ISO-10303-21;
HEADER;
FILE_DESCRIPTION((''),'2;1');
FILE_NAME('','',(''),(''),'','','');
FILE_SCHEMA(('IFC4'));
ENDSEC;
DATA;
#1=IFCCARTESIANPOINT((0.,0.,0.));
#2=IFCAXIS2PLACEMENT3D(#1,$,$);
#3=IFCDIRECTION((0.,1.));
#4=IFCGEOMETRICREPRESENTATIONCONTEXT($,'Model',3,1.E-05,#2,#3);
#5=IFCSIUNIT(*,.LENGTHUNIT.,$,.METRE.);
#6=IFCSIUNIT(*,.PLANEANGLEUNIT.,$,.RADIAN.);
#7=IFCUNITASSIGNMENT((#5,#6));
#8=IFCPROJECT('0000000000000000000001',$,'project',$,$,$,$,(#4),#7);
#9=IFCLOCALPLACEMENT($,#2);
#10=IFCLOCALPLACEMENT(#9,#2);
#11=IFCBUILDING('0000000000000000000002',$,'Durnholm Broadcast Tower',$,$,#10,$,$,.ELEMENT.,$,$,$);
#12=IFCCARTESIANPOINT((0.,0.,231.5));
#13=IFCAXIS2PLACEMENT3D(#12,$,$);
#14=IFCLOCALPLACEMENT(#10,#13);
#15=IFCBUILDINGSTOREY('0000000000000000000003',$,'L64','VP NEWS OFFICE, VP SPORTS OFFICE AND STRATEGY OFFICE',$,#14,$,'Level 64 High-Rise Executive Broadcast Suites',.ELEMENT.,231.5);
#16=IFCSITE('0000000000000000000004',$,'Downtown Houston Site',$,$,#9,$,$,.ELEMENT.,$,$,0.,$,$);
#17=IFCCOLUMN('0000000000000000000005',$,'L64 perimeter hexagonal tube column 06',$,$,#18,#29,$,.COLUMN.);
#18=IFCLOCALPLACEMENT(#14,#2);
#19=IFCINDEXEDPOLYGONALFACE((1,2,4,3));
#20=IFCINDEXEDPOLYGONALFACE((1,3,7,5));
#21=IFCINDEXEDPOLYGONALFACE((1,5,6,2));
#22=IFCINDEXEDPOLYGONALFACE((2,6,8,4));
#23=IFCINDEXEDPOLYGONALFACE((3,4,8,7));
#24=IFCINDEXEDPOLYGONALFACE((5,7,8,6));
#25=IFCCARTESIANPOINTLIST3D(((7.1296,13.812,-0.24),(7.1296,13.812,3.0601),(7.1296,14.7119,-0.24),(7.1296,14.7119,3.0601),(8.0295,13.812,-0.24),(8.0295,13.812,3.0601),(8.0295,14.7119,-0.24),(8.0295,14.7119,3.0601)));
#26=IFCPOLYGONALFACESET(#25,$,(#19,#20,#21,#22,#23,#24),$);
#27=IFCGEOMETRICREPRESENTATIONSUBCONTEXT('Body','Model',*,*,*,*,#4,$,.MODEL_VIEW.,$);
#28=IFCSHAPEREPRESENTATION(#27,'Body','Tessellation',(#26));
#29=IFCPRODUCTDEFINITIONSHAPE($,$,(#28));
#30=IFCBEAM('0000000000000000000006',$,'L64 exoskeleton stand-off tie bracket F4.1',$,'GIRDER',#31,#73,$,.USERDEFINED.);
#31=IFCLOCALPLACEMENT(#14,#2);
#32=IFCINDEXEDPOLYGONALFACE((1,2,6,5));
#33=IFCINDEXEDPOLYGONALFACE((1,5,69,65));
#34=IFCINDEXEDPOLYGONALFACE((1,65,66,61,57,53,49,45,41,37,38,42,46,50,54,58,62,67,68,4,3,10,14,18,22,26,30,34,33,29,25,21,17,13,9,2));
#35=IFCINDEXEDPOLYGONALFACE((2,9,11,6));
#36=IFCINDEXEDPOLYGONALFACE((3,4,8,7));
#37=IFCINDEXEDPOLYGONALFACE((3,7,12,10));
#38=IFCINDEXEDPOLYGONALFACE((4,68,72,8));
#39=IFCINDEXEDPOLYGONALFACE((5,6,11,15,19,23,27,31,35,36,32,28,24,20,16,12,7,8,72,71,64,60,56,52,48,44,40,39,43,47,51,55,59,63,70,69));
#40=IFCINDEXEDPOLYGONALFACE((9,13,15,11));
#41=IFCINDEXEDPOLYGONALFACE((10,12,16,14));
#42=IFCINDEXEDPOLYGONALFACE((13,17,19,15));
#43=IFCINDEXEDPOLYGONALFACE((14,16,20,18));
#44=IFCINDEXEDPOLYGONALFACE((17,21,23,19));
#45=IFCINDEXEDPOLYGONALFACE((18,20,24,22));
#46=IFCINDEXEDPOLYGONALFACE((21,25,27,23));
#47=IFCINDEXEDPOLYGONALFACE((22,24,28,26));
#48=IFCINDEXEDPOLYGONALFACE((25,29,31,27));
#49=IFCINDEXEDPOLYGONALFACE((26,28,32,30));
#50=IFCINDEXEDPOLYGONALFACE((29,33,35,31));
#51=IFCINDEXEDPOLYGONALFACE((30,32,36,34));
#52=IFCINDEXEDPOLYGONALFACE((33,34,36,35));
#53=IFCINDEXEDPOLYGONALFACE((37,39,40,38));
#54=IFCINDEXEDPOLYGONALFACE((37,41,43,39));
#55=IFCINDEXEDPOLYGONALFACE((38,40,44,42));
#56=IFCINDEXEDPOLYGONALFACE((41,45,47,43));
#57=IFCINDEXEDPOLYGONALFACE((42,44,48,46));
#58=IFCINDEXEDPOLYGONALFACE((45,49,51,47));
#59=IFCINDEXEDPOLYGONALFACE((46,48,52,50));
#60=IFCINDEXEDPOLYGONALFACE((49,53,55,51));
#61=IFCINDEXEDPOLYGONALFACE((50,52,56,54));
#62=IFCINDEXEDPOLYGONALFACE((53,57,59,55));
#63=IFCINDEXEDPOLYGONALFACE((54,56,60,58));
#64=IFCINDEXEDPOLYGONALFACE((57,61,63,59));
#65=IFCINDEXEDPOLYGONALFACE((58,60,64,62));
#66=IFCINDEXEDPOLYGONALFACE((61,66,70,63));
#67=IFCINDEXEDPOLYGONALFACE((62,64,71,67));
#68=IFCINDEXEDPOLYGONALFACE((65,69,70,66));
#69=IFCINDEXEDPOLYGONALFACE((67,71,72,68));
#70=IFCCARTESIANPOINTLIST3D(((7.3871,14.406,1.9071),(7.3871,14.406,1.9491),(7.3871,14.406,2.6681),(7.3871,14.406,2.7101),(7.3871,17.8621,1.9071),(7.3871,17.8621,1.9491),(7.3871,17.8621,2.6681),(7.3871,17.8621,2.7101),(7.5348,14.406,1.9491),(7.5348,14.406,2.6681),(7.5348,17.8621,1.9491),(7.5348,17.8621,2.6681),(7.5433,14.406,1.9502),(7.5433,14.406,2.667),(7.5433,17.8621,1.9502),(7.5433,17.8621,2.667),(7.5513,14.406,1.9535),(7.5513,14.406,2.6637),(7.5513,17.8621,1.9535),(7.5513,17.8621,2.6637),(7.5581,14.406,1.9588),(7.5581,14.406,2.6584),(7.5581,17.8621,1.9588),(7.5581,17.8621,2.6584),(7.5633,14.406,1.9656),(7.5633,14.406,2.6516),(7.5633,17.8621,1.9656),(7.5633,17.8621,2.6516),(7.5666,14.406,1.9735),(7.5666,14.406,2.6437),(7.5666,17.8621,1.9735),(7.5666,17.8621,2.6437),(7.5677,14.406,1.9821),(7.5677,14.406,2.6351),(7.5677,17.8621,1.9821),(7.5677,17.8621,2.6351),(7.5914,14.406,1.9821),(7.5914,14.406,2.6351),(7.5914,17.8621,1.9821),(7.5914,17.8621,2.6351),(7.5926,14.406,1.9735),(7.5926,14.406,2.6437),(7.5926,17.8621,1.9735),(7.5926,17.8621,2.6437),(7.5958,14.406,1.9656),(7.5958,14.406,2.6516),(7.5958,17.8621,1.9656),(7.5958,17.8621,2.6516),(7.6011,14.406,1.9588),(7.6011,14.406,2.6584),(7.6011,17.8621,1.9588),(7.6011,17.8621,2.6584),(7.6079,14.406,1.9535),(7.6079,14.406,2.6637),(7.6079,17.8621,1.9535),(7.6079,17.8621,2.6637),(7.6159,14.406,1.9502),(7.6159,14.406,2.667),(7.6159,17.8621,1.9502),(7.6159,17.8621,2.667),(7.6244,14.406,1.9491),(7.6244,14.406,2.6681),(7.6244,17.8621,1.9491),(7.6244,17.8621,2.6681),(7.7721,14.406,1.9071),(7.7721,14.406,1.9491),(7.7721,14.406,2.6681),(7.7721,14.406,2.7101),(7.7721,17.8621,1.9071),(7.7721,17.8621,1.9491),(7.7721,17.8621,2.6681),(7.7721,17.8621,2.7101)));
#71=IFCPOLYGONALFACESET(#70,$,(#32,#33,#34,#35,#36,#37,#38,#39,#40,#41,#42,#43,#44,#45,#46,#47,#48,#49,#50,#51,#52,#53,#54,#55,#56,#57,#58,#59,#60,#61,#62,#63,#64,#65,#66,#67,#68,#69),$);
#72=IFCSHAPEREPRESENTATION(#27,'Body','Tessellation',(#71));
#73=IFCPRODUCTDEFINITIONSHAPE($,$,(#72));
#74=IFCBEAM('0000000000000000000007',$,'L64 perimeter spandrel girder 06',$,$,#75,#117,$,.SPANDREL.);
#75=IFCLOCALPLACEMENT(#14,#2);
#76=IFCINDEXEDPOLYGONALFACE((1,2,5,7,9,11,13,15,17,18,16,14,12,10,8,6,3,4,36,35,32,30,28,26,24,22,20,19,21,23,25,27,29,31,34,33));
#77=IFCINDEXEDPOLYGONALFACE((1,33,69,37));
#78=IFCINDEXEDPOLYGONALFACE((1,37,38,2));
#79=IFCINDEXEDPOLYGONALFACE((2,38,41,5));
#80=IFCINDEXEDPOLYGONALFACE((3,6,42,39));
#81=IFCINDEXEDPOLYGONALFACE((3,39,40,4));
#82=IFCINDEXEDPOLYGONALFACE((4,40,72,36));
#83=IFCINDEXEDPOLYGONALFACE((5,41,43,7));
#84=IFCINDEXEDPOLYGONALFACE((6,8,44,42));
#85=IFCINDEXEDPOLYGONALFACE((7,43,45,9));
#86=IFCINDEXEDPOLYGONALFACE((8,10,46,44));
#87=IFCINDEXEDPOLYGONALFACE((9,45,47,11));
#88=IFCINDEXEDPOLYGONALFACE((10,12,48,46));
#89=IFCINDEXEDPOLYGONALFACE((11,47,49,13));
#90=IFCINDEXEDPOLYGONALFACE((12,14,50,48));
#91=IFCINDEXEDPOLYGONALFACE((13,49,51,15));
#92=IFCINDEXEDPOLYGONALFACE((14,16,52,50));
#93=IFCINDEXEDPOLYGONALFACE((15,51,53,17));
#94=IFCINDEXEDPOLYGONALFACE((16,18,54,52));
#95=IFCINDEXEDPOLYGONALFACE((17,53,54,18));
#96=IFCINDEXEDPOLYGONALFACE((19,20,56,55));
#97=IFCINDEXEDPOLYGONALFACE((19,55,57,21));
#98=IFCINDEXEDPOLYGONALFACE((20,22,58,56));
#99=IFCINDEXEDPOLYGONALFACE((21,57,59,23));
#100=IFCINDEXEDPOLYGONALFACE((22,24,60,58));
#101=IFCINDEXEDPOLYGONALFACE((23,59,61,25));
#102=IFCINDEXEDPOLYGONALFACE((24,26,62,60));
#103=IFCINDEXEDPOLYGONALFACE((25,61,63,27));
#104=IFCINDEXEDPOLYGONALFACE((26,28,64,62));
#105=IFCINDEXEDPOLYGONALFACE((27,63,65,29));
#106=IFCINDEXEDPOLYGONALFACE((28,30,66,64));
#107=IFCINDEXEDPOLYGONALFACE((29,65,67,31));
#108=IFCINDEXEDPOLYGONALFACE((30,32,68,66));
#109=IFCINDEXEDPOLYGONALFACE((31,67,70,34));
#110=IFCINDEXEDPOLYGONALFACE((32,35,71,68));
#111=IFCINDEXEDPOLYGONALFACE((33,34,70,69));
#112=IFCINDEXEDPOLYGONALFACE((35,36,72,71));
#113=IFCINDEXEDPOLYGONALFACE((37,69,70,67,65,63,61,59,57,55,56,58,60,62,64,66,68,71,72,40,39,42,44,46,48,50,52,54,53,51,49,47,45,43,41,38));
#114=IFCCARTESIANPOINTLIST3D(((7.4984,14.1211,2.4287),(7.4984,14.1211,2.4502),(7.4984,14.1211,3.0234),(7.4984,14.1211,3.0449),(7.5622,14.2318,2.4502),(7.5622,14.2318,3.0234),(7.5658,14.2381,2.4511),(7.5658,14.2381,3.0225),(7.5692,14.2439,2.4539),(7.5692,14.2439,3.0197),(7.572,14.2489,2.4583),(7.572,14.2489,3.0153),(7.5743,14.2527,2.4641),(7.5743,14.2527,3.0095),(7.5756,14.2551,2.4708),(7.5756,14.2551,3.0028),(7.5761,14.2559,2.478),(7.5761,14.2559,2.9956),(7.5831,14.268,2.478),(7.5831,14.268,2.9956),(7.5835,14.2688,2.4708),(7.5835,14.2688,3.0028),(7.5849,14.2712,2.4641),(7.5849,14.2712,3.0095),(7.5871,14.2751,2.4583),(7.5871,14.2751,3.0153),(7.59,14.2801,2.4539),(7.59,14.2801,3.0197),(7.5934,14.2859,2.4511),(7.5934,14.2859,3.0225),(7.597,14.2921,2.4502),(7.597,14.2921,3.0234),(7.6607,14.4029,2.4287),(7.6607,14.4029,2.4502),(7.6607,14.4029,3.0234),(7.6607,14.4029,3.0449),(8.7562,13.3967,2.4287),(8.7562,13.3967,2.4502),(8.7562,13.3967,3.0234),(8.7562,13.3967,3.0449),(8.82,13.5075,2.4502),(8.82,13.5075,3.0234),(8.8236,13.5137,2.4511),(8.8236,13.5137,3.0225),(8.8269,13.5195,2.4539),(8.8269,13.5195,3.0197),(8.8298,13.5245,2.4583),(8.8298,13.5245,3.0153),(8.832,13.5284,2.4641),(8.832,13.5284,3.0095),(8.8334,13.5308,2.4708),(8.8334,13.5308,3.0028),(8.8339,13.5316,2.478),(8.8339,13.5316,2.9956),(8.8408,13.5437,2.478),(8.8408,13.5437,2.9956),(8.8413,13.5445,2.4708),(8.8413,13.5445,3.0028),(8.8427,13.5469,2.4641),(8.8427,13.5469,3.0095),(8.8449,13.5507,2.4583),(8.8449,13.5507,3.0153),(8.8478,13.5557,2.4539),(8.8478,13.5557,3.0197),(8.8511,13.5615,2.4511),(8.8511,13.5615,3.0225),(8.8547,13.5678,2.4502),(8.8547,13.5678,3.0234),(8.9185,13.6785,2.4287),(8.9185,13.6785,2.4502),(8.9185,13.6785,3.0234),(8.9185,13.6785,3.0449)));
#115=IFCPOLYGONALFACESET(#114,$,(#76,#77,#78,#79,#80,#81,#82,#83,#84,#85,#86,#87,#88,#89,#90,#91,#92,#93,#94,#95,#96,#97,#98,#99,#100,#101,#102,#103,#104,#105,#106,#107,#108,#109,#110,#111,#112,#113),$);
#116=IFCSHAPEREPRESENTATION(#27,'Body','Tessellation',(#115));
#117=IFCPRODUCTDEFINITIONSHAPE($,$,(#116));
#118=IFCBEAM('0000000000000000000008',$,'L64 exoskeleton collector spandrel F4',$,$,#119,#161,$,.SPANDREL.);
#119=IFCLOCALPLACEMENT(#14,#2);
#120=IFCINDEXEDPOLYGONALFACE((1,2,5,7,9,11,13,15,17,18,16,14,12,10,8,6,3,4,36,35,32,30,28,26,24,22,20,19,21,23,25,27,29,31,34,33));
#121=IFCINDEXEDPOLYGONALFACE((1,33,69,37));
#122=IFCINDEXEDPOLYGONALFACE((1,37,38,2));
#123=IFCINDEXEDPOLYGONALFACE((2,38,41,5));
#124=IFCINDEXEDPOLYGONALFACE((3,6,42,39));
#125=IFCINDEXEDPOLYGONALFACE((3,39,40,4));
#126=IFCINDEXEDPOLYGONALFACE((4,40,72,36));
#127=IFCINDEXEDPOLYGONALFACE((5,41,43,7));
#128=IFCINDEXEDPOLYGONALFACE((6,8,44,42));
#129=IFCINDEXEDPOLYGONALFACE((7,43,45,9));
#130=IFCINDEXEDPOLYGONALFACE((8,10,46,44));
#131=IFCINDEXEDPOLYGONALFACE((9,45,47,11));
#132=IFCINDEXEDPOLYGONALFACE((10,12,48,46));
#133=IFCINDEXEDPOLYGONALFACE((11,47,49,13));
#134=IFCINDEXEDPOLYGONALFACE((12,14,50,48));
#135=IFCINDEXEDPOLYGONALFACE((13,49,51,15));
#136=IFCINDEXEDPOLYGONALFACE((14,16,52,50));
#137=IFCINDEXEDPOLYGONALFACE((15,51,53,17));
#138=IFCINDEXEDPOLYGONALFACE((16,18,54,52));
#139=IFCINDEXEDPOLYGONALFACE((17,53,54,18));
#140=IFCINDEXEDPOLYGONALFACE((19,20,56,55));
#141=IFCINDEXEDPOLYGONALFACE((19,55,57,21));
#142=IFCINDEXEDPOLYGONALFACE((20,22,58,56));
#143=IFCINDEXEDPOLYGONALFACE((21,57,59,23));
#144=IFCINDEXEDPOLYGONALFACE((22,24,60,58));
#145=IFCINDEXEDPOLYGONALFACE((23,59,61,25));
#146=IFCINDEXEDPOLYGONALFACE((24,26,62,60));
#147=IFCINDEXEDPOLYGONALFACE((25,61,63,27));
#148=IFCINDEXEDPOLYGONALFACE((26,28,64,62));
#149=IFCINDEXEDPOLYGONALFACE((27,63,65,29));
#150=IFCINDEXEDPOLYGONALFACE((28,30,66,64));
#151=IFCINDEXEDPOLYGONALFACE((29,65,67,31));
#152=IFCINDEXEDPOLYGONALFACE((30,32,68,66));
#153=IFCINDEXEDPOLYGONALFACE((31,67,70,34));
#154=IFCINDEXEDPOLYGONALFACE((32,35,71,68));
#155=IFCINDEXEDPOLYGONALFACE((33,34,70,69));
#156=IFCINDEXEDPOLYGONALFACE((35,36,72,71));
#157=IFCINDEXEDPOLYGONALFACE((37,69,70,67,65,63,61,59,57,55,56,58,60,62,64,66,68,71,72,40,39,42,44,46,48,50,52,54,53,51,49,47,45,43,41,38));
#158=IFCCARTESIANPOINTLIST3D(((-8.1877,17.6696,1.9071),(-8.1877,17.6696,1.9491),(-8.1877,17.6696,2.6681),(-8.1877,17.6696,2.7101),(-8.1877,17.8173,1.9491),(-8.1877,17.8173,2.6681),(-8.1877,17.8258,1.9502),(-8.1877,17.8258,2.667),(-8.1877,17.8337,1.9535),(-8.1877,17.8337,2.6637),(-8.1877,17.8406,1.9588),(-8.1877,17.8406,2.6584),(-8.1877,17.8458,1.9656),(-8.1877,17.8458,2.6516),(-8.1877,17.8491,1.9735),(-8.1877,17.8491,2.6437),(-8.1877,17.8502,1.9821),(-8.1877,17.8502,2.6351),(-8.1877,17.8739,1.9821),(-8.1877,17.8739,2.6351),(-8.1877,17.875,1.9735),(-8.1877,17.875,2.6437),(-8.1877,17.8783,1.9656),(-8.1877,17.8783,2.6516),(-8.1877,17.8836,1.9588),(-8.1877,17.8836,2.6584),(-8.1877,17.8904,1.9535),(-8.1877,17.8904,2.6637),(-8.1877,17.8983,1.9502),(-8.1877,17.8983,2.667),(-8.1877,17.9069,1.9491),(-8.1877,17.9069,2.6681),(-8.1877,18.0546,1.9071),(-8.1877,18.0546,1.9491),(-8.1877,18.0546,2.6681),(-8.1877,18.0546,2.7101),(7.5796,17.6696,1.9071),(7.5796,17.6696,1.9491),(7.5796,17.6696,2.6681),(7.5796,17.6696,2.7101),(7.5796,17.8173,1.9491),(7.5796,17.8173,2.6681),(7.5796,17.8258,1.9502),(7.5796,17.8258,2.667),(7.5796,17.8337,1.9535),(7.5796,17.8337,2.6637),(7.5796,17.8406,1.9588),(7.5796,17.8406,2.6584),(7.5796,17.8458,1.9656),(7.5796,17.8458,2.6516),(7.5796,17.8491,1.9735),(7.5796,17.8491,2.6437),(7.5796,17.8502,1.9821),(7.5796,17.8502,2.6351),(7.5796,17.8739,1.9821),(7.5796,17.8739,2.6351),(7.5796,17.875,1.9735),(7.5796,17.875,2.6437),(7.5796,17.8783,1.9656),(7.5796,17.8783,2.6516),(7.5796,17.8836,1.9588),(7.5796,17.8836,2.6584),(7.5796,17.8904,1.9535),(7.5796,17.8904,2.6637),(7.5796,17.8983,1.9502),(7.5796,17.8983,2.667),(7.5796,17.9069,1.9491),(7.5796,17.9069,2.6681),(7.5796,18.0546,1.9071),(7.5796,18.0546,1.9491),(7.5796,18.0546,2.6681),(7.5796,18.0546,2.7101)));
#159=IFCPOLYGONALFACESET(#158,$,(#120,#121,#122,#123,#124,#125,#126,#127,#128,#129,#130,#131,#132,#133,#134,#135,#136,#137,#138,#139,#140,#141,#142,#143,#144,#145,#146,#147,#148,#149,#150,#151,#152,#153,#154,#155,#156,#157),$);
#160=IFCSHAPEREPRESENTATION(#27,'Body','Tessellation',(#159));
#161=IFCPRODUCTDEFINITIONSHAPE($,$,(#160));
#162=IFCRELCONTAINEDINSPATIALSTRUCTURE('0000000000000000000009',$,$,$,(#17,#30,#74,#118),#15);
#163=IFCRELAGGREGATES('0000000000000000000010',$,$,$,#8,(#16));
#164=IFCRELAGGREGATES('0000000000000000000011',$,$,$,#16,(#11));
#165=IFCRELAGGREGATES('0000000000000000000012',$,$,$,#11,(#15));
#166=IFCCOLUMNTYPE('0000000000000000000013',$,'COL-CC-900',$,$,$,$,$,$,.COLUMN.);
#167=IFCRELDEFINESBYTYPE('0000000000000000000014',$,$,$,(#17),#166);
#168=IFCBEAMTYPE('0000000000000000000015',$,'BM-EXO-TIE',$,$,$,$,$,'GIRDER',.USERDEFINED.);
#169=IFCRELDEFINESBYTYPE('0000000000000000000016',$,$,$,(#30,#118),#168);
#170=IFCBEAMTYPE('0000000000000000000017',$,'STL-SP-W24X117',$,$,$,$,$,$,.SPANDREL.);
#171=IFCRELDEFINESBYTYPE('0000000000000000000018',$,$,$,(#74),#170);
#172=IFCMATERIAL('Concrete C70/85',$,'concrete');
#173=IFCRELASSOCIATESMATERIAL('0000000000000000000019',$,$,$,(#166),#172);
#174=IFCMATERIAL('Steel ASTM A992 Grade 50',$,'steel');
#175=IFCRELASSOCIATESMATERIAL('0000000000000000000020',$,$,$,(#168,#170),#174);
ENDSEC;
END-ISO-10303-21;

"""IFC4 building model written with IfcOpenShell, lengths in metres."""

from ifc_helpers import new_model, si_unit, direction, frame, origin, origin_2d, place, context, subcontext, project, spatial, rectangle, i_section, extrude, source, transform, mapped, material, material_profile, profile_set, type_object, type_shapes, element, save


model = new_model("IFC4")

# Units and contexts
model_context = context("Model", 3, precision=1e-05, world=origin(), true_north=direction((0.0, 1.0)))
body_context = subcontext(model_context, "Body", "Model", "MODEL_VIEW")
ifc_project = project(units=[si_unit("LENGTHUNIT", "METRE"), si_unit("PLANEANGLEUNIT", "RADIAN")], contexts=[model_context])

# Site, building, storey
site_placement = place(None, origin())
site = spatial("IfcSite", under=ifc_project, at=site_placement, Name="Downtown Houston Site", CompositionType="ELEMENT", RefElevation=0.0)
building_placement = place(site_placement, origin())
building = spatial("IfcBuilding", under=site, at=building_placement, Name="Durnholm Broadcast Tower", CompositionType="ELEMENT")
storey_placement = place(building_placement, frame((0.0, 0.0, 231.5)))
storey = spatial("IfcBuildingStorey", under=building, at=storey_placement, Name="L64", Description="VP NEWS OFFICE, VP SPORTS OFFICE AND STRATEGY OFFICE", LongName="Level 64 High-Rise Executive Broadcast Suites", CompositionType="ELEMENT", Elevation=231.5)

# Column
ifc_material_1 = material(Name="Concrete C70/85", Category="concrete")
ifc_material_profile_1 = material_profile(ifc_material_1, rectangle(XDim=0.8999, YDim=0.8999, at=origin_2d()), Name="RC900X900")
ifc_profile_set_1 = profile_set([ifc_material_profile_1], Name="Concrete C70/85")
column_type = type_object("IfcColumnType", Name="COL-CC-900", PredefinedType="COLUMN", material=ifc_profile_set_1)
shared_shape_1 = source(origin(), body_context, "Body", "SweptSolid", [
    extrude(rectangle(XDim=0.8999, YDim=0.8999, at=origin_2d()), origin(), (0.0, 0.0, 1.0), 3.3),
])
type_shapes(column_type, [shared_shape_1])
column_placement = place(storey_placement, frame((7.5796, 14.262, -0.24), z_axis=(0.0, 0.0, 1.0), x_axis=(1.0, 0.0, 0.0)))
element("IfcColumn", 1, at=column_placement, inside=storey, type_object=column_type, Name="L64 perimeter hexagonal tube column 06", PredefinedType="COLUMN", context=body_context, shape_type="MappedRepresentation", body=[
    mapped(shared_shape_1, transform((0.0, 0.0, 0.0), x_axis=(1.0, 0.0, 0.0), y_axis=(0.0, 1.0, 0.0), z_axis=(0.0, 0.0, 1.0), scale=1.0)),
])

# Beams
ifc_material_2 = material(Name="Steel ASTM A992 Grade 50", Category="steel")
ifc_material_profile_2 = material_profile(ifc_material_2, i_section(OverallWidth=0.385, OverallDepth=0.803, WebThickness=0.0237, FlangeThickness=0.042, FilletRadius=0.033, at=origin_2d()), Name="W30X261")
ifc_profile_set_2 = profile_set([ifc_material_profile_2], Name="Steel ASTM A992 Grade 50")
beam_type_1 = type_object("IfcBeamType", Name="BM-EXO-TIE", ElementType="GIRDER", PredefinedType="USERDEFINED", material=ifc_profile_set_2)
shared_shape_2 = source(origin(), body_context, "Body", "SweptSolid", [
    extrude(i_section(OverallWidth=0.385, OverallDepth=0.803, WebThickness=0.0237, FlangeThickness=0.042, FilletRadius=0.033, at=origin_2d()), origin(), (0.0, 0.0, 1.0), 3.4561),
])
beam_1_placement = place(storey_placement, frame((7.5796, 14.406, 2.3086), z_axis=(0.0, 1.0, 0.0), x_axis=(-1.0, 0.0, 0.0)))
element("IfcBeam", 2, at=beam_1_placement, inside=storey, type_object=beam_type_1, Name="L64 exoskeleton stand-off tie bracket F4.1", ObjectType="GIRDER", PredefinedType="USERDEFINED", context=body_context, shape_type="MappedRepresentation", body=[
    mapped(shared_shape_2, transform((0.0, 0.0, 0.0), x_axis=(1.0, 0.0, 0.0), y_axis=(0.0, 1.0, 0.0), z_axis=(0.0, 0.0, 1.0), scale=1.0)),
])
ifc_material_profile_3 = material_profile(ifc_material_2, i_section(OverallWidth=0.3252, OverallDepth=0.6162, WebThickness=0.0139, FlangeThickness=0.0215, FilletRadius=0.0278, at=origin_2d()), Name="W24X117")
ifc_profile_set_3 = profile_set([ifc_material_profile_3], Name="Steel ASTM A992 Grade 50")
beam_type_2 = type_object("IfcBeamType", Name="STL-SP-W24X117", PredefinedType="SPANDREL", material=ifc_profile_set_3)
shared_shape_3 = source(origin(), body_context, "Body", "SweptSolid", [
    extrude(i_section(OverallWidth=0.3252, OverallDepth=0.6162, WebThickness=0.0139, FlangeThickness=0.0215, FilletRadius=0.0278, at=origin_2d()), origin(), (0.0, 0.0, 1.0), 1.4514),
])
type_shapes(beam_type_2, [shared_shape_3])
beam_2_placement = place(storey_placement, frame((7.5796, 14.262, 2.7368), z_axis=(0.866572, -0.499052, 0.0), x_axis=(0.499052, 0.866572, 0.0)))
element("IfcBeam", 3, at=beam_2_placement, inside=storey, type_object=beam_type_2, Name="L64 perimeter spandrel girder 06", PredefinedType="SPANDREL", context=body_context, shape_type="MappedRepresentation", body=[
    mapped(shared_shape_3, transform((0.0, 0.0, 0.0), x_axis=(1.0, 0.0, 0.0), y_axis=(0.0, 1.0, 0.0), z_axis=(0.0, 0.0, 1.0), scale=1.0)),
])
shared_shape_4 = source(origin(), body_context, "Body", "SweptSolid", [
    extrude(i_section(OverallWidth=0.385, OverallDepth=0.803, WebThickness=0.0237, FlangeThickness=0.042, FilletRadius=0.033, at=origin_2d()), origin(), (0.0, 0.0, 1.0), 15.7673),
])
type_shapes(beam_type_1, [shared_shape_2, shared_shape_4])
beam_3_placement = place(storey_placement, frame((7.5796, 17.8621, 2.3086), z_axis=(-1.0, 0.0, 0.0), x_axis=(0.0, -1.0, 0.0)))
element("IfcBeam", 4, at=beam_3_placement, inside=storey, type_object=beam_type_1, Name="L64 exoskeleton collector spandrel F4", PredefinedType="SPANDREL", context=body_context, shape_type="MappedRepresentation", body=[
    mapped(shared_shape_4, transform((0.0, 0.0, 0.0), x_axis=(1.0, 0.0, 0.0), y_axis=(0.0, 1.0, 0.0), z_axis=(0.0, 0.0, 1.0), scale=1.0)),
])

save(model, "model.ifc")
